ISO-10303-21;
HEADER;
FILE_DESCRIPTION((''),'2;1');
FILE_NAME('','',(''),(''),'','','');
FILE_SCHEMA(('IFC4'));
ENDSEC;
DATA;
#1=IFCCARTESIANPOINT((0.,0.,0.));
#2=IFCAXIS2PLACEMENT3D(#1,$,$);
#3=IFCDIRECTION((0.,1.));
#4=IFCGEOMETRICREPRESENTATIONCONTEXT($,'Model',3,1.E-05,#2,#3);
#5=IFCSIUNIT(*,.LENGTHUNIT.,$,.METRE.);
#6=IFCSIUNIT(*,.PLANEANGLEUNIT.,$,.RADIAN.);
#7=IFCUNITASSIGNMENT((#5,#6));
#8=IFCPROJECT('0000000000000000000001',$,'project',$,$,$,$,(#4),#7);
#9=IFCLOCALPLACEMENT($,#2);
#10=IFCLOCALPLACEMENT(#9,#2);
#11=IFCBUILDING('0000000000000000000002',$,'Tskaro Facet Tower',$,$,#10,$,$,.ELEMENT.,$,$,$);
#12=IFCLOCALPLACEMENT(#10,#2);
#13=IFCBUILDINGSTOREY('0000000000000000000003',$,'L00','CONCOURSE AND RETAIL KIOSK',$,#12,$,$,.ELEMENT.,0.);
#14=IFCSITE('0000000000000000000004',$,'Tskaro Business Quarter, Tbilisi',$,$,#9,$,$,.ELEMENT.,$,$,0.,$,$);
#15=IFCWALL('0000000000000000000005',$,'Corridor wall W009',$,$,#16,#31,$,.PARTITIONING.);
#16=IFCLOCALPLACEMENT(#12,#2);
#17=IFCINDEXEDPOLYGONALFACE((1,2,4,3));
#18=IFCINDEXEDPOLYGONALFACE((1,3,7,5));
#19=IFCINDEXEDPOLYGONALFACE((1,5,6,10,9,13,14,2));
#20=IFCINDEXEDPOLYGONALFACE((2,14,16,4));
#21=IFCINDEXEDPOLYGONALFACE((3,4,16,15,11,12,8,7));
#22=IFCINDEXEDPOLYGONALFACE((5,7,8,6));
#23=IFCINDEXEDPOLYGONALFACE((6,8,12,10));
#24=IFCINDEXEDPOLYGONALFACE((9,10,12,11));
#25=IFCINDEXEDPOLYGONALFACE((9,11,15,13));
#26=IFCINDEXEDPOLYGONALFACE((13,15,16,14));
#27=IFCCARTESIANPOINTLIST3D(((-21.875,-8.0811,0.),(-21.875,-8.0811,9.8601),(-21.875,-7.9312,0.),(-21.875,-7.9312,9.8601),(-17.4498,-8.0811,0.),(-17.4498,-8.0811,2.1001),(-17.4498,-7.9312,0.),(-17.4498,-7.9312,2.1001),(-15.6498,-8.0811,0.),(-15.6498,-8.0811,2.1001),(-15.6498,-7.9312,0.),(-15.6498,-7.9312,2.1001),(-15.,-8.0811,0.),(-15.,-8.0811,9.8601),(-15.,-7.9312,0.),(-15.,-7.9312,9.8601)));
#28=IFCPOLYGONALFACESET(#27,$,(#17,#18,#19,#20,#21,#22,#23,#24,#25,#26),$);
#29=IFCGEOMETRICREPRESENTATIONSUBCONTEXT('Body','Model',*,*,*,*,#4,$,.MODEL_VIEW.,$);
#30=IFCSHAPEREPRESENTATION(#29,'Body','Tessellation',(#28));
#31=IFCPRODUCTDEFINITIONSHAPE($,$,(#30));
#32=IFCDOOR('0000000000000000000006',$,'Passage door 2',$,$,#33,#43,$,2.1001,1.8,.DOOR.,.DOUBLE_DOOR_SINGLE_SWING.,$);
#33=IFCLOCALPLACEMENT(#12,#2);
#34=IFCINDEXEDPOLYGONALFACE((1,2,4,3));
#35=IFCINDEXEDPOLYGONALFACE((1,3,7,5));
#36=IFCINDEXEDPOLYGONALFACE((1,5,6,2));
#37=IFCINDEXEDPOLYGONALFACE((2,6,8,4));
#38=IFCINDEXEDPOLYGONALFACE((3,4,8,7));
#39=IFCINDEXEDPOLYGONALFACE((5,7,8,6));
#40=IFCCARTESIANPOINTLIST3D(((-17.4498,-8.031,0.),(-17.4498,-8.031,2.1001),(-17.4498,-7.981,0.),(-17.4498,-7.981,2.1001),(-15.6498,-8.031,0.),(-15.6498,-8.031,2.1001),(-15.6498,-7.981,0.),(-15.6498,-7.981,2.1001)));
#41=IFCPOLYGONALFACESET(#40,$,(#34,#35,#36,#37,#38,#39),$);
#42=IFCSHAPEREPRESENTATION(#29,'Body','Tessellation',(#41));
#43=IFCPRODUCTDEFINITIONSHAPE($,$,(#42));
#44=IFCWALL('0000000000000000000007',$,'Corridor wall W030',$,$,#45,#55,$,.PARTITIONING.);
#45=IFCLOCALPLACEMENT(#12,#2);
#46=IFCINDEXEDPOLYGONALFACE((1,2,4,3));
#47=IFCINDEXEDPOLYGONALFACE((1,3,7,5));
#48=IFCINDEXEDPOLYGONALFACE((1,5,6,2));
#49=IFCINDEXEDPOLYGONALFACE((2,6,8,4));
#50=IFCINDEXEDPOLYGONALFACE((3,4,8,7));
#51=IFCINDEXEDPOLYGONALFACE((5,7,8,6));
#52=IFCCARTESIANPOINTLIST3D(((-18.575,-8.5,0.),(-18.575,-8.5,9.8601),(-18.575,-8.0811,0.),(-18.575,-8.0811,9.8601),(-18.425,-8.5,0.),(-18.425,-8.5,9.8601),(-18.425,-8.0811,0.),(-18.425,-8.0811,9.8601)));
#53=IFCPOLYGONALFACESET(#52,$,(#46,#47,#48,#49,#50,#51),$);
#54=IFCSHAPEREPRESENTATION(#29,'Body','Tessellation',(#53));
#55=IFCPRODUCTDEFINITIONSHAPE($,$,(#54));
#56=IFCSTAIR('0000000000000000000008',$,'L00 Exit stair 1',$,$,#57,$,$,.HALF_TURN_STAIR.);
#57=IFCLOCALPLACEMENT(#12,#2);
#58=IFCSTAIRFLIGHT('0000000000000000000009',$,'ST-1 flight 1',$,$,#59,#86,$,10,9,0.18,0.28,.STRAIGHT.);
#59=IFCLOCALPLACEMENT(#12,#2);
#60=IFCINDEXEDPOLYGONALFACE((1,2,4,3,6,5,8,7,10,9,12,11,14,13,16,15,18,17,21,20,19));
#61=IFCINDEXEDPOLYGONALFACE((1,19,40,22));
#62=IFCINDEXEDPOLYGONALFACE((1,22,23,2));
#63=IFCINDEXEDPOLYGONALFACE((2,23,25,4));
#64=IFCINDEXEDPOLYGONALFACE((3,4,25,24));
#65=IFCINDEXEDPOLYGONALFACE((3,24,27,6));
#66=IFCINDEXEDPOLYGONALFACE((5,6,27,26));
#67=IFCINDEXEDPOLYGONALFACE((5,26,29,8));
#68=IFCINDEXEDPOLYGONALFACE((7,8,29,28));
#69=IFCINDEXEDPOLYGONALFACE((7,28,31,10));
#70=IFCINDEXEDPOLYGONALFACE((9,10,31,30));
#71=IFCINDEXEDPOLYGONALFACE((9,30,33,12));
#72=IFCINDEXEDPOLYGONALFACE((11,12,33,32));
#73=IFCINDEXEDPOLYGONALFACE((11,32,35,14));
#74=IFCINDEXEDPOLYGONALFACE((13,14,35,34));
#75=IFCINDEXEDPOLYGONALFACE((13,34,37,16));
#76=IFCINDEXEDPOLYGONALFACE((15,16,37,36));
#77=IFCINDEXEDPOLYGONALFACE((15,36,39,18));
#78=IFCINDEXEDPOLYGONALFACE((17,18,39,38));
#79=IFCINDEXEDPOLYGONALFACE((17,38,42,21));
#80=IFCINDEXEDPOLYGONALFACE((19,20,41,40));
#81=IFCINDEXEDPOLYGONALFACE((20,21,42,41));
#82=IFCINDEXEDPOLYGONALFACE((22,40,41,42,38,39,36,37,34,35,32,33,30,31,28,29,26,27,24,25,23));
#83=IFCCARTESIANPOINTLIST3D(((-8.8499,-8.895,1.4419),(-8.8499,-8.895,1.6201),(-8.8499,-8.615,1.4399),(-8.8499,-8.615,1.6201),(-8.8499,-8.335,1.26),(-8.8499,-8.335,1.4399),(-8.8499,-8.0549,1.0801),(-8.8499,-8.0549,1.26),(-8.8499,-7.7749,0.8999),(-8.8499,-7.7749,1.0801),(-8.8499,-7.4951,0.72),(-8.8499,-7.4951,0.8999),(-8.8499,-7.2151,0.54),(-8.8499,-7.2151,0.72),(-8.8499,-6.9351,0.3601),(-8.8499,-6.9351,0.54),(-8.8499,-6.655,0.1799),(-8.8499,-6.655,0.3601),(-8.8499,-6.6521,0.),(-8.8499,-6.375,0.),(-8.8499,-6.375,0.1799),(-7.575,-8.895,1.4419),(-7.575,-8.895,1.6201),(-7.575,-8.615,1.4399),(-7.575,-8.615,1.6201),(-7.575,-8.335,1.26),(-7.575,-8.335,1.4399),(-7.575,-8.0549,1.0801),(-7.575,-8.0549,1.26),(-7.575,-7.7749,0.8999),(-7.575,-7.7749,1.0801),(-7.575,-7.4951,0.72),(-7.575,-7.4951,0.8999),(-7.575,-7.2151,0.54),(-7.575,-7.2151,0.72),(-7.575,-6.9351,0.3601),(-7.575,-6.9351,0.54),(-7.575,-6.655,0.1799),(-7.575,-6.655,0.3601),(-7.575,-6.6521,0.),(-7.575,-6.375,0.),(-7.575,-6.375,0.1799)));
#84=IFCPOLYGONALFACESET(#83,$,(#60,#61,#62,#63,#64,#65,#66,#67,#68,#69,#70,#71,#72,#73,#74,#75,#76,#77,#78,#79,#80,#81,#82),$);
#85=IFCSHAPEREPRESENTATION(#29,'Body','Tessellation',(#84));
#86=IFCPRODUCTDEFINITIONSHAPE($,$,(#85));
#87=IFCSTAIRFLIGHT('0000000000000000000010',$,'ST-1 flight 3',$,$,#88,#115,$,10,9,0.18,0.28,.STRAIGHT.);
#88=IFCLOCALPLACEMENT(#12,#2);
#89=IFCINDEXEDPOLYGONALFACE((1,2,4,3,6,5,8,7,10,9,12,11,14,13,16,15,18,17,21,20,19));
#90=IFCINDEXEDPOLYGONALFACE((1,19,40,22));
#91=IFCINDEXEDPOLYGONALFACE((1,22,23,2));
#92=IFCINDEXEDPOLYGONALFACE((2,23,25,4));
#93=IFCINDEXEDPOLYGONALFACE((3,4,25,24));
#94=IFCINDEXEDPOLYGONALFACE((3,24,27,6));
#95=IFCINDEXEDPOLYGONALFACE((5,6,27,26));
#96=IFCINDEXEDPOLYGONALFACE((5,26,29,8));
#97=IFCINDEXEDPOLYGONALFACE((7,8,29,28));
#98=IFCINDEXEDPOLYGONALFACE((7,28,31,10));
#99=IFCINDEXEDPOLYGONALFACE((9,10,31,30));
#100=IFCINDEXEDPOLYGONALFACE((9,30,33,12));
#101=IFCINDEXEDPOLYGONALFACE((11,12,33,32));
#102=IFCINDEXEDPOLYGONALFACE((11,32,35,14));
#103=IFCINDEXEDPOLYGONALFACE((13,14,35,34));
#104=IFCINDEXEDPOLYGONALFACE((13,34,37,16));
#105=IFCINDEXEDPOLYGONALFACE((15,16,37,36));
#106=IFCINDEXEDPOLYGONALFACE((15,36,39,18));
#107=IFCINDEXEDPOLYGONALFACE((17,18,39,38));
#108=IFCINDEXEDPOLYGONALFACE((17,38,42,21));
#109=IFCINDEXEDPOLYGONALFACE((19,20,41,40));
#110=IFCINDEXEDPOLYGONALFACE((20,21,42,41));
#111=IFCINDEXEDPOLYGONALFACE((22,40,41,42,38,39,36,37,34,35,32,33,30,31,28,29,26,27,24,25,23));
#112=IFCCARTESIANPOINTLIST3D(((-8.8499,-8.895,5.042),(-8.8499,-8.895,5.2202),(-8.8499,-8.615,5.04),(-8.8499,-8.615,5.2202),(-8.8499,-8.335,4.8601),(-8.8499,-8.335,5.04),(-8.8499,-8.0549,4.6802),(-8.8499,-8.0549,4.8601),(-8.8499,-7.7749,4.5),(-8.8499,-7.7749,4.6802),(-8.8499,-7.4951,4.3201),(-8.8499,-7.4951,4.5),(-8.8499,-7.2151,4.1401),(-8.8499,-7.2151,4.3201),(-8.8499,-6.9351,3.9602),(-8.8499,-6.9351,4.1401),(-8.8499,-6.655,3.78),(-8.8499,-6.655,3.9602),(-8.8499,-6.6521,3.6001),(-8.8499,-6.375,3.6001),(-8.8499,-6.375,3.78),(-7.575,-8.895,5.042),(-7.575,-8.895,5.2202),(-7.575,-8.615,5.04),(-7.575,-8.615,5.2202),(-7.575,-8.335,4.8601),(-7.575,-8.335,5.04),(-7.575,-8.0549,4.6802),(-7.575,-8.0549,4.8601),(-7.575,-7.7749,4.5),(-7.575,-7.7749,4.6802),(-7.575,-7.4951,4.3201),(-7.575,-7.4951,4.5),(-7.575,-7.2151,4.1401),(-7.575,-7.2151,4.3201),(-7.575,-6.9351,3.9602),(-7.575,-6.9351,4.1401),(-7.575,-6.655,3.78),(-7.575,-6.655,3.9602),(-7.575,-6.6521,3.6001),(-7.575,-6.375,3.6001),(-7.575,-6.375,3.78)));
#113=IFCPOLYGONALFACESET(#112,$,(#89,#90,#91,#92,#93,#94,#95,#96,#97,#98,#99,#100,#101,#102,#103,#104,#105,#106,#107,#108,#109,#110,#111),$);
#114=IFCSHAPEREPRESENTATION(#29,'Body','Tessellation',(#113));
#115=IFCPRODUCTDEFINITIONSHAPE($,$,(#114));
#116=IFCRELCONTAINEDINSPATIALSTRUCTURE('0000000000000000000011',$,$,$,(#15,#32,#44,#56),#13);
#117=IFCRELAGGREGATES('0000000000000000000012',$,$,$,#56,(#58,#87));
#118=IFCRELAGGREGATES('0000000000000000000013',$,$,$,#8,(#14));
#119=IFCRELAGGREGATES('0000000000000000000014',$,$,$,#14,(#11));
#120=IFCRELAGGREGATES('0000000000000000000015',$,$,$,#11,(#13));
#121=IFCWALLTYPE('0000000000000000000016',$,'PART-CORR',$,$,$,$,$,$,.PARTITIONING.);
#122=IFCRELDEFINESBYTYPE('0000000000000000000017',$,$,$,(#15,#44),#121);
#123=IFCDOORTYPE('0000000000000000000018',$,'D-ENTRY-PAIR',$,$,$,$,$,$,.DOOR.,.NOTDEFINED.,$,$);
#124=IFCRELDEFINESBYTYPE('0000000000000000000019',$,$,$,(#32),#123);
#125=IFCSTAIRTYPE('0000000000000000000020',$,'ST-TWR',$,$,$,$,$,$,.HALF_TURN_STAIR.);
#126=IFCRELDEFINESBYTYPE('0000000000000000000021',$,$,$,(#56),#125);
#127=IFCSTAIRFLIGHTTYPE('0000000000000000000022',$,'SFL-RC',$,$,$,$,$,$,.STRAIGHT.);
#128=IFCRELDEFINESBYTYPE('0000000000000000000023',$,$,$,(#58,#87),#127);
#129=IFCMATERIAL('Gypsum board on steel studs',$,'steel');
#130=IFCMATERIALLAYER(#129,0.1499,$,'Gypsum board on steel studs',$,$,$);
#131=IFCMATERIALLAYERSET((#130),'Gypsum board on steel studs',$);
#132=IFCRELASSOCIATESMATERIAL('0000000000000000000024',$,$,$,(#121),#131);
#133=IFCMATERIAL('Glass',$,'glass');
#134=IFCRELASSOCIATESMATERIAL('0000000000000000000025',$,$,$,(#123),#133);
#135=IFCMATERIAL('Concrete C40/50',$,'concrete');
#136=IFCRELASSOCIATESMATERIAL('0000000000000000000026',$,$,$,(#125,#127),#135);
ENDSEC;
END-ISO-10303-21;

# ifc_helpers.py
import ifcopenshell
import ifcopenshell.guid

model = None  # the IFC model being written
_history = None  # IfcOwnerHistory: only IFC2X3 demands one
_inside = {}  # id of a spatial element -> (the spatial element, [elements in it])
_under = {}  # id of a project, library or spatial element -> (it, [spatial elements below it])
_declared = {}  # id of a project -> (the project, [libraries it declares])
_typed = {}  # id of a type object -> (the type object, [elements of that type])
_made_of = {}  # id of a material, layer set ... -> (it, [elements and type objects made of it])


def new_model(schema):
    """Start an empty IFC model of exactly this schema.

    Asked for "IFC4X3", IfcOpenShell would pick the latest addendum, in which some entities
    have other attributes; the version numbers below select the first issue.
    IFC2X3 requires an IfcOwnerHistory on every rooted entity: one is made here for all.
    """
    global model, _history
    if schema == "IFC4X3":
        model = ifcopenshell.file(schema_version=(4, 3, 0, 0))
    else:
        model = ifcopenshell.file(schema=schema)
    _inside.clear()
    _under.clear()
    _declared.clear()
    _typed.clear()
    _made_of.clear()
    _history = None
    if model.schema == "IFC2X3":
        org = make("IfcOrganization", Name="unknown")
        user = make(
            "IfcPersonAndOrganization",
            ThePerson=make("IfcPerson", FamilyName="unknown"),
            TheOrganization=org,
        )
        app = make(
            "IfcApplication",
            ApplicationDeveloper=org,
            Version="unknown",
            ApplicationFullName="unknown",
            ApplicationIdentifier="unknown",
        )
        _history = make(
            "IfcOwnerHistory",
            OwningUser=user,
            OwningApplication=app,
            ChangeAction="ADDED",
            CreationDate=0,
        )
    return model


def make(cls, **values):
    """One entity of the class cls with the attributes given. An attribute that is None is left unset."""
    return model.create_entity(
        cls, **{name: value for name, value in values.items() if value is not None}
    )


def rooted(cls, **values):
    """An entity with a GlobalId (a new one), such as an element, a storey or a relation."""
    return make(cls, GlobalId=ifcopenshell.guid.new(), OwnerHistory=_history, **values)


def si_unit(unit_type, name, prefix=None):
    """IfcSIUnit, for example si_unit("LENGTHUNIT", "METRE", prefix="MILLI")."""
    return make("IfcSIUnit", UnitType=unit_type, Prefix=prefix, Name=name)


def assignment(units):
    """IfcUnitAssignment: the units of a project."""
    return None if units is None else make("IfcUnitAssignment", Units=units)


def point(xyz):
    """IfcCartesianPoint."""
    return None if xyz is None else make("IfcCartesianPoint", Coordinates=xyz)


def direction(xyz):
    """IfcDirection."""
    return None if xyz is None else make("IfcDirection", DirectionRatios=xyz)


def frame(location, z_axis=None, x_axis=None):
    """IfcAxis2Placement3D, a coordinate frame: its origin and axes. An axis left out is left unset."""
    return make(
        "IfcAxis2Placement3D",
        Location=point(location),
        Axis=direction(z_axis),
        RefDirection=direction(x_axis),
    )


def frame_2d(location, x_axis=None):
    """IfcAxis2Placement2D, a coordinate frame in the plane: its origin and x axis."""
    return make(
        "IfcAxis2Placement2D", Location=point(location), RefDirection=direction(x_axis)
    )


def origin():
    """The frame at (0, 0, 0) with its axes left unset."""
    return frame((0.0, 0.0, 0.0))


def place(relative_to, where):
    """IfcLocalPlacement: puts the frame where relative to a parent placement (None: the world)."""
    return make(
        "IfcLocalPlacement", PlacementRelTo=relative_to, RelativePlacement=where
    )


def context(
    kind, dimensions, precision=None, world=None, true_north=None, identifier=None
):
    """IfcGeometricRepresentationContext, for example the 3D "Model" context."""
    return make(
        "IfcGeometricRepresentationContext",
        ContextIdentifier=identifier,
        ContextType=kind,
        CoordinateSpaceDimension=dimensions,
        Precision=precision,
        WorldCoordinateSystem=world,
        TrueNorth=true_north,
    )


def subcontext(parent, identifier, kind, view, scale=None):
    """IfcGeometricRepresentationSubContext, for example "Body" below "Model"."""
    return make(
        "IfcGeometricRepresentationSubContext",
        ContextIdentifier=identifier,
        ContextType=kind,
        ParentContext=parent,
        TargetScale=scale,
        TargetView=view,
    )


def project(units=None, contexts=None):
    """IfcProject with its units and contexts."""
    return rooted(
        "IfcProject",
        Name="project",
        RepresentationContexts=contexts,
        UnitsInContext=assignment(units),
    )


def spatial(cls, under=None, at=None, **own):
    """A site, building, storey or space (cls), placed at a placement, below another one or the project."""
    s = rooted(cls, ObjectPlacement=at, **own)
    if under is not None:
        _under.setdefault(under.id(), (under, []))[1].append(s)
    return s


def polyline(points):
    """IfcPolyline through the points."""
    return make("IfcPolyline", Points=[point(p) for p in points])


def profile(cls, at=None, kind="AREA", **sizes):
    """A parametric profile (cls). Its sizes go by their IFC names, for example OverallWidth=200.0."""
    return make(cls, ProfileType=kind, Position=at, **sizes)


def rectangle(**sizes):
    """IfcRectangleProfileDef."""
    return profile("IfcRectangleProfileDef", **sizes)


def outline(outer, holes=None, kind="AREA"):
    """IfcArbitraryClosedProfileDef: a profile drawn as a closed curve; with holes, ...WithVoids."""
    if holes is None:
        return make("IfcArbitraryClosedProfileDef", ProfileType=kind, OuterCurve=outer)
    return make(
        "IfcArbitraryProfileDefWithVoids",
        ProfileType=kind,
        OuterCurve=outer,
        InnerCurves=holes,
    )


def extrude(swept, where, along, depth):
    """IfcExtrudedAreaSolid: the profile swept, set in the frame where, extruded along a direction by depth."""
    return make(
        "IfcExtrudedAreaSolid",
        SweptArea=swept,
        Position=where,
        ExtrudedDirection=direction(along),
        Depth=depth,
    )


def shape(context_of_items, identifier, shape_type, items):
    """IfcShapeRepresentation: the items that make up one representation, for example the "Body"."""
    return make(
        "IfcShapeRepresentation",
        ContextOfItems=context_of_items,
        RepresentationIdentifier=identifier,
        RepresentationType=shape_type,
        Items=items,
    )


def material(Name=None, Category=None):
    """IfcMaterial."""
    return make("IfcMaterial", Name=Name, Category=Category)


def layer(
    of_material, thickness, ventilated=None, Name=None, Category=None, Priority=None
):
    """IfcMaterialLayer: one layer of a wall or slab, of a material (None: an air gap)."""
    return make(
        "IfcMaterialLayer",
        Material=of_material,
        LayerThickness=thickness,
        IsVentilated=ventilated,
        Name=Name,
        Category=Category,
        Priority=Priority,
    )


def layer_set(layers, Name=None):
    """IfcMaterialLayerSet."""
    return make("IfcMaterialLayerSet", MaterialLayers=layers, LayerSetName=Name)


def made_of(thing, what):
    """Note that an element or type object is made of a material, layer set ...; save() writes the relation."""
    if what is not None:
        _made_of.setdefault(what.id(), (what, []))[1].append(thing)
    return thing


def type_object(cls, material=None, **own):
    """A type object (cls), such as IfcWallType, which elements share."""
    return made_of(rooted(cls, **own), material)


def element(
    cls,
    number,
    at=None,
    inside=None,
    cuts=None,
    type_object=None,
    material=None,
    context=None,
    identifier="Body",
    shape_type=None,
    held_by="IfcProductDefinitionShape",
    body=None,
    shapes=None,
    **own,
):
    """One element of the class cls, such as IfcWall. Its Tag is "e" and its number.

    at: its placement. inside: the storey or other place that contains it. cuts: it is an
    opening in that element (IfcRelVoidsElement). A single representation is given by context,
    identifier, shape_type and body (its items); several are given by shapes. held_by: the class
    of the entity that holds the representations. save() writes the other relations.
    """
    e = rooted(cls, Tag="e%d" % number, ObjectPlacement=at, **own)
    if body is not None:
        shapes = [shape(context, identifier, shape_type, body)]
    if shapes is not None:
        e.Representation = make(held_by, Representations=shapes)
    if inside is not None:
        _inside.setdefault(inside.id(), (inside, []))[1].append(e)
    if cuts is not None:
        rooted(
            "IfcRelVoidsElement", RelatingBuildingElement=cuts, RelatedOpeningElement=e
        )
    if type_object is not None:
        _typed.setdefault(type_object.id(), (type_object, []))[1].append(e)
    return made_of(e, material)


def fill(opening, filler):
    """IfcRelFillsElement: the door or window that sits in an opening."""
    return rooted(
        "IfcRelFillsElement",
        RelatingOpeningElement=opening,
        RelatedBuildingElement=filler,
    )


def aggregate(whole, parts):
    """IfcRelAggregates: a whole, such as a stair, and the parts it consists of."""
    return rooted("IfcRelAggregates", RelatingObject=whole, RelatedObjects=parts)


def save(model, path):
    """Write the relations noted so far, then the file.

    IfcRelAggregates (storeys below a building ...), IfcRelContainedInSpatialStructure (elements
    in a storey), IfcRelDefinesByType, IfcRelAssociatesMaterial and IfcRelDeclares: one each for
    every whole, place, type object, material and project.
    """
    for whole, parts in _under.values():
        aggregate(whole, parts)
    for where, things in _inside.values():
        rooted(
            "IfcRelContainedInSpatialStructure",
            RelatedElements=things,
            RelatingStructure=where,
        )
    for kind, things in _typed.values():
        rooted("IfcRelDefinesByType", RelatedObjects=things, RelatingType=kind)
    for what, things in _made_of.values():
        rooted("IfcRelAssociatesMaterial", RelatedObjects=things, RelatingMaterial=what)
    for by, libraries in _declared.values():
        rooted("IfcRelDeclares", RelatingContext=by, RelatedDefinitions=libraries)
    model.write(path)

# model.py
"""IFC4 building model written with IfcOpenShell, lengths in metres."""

from ifc_helpers import new_model, si_unit, direction, frame, frame_2d, origin, place, context, subcontext, project, spatial, polyline, rectangle, outline, extrude, material, layer, layer_set, type_object, element, fill, aggregate, save


model = new_model("IFC4")

# Units and contexts
model_context = context("Model", 3, precision=1e-05, world=origin(), true_north=direction((0.0, 1.0)))
body_context = subcontext(model_context, "Body", "Model", "MODEL_VIEW")
ifc_project = project(units=[si_unit("LENGTHUNIT", "METRE"), si_unit("PLANEANGLEUNIT", "RADIAN")], contexts=[model_context])

# Site, building, storey
site_placement = place(None, origin())
site = spatial("IfcSite", under=ifc_project, at=site_placement, Name="Tskaro Business Quarter, Tbilisi", CompositionType="ELEMENT", RefElevation=0.0)
building_placement = place(site_placement, origin())
building = spatial("IfcBuilding", under=site, at=building_placement, Name="Tskaro Facet Tower", CompositionType="ELEMENT")
storey_placement = place(building_placement, origin())
storey = spatial("IfcBuildingStorey", under=building, at=storey_placement, Name="L00", Description="CONCOURSE AND RETAIL KIOSK", CompositionType="ELEMENT", Elevation=0.0)

# Shared definitions
ifc_material_1 = material(Name="Concrete C40/50", Category="concrete")

# Wall, opening, door
ifc_material_2 = material(Name="Gypsum board on steel studs", Category="steel")
ifc_layer_1 = layer(ifc_material_2, 0.1499, Name="Gypsum board on steel studs")
ifc_layer_set_1 = layer_set([ifc_layer_1], Name="Gypsum board on steel studs")
wall_type_1 = type_object("IfcWallType", Name="PART-CORR", PredefinedType="PARTITIONING", material=ifc_layer_set_1)
wall_1_placement = place(storey_placement, frame((-15.0, -8.0061, 0.0), z_axis=(0.0, 0.0, 1.0), x_axis=(-1.0, 0.0, 0.0)))
wall_1 = element("IfcWall", 1, at=wall_1_placement, inside=storey, type_object=wall_type_1, Name="Corridor wall W009", PredefinedType="PARTITIONING", context=body_context, shape_type="SweptSolid", body=[
    extrude(rectangle(XDim=6.875, YDim=0.1499, at=frame_2d((3.4375, 0.0))), origin(), (0.0, 0.0, 1.0), 9.8601),
])
opening_1_placement = place(wall_1_placement, frame((0.6499, 0.0, 0.0)))
opening_1 = element("IfcOpeningElement", 2, at=opening_1_placement, cuts=wall_1, PredefinedType="OPENING", context=body_context, shape_type="SweptSolid", body=[
    extrude(rectangle(XDim=1.8, YDim=2.1001, at=frame_2d((0.8999, 1.05))), frame((0.0, 0.085, 0.0), z_axis=(0.0, -1.0, 0.0), x_axis=(1.0, 0.0, 0.0)), (0.0, 0.0, 1.0), 0.1699),
])
ifc_material_3 = material(Name="Glass", Category="glass")
door_type_1 = type_object("IfcDoorType", Name="D-ENTRY-PAIR", OperationType="NOTDEFINED", PredefinedType="DOOR", material=ifc_material_3)
door_1_placement = place(opening_1_placement, origin())
door_1 = element("IfcDoor", 3, at=door_1_placement, inside=storey, type_object=door_type_1, Name="Passage door 2", OperationType="DOUBLE_DOOR_SINGLE_SWING", OverallHeight=2.1001, OverallWidth=1.8, PredefinedType="DOOR", context=body_context, shape_type="SweptSolid", body=[
    extrude(rectangle(XDim=1.8, YDim=2.1001, at=frame_2d((0.8999, 1.05))), frame((0.0, 0.0249, 0.0), z_axis=(0.0, -1.0, 0.0), x_axis=(1.0, 0.0, 0.0)), (0.0, 0.0, 1.0), 0.05),
])
fill(opening_1, door_1)

# Wall
wall_2_placement = place(storey_placement, frame((-18.5, -8.5, 0.0), z_axis=(0.0, 0.0, 1.0), x_axis=(0.0, 1.0, 0.0)))
element("IfcWall", 4, at=wall_2_placement, inside=storey, type_object=wall_type_1, Name="Corridor wall W030", PredefinedType="PARTITIONING", context=body_context, shape_type="SweptSolid", body=[
    extrude(rectangle(XDim=0.4189, YDim=0.1499, at=frame_2d((0.2095, 0.0))), origin(), (0.0, 0.0, 1.0), 9.8601),
])

# Stair, stair flights
stair_type = type_object("IfcStairType", Name="ST-TWR", PredefinedType="HALF_TURN_STAIR", material=ifc_material_1)
stair_placement = place(storey_placement, origin())
stair = element("IfcStair", 5, at=stair_placement, inside=storey, type_object=stair_type, Name="L00 Exit stair 1", PredefinedType="HALF_TURN_STAIR")
stair_flight_type = type_object("IfcStairFlightType", Name="SFL-RC", PredefinedType="STRAIGHT", material=ifc_material_1)
stair_flight_1_placement = place(storey_placement, frame((-8.2124, -6.375, 0.0), z_axis=(0.0, 0.0, 1.0), x_axis=(0.0, -1.0, 0.0)))
stair_flight_1 = element("IfcStairFlight", 6, at=stair_flight_1_placement, type_object=stair_flight_type, Name="ST-1 flight 1", NumberOfRisers=10, NumberOfTreads=9, PredefinedType="STRAIGHT", RiserHeight=0.18, TreadLength=0.28, context=body_context, shape_type="SweptSolid", body=[
    extrude(outline(polyline([(0.0, 0.0), (0.0, 0.1799), (0.28, 0.1799), (0.28, 0.3601), (0.5601, 0.3601), (0.5601, 0.54), (0.8401, 0.54), (0.8401, 0.72), (1.1201, 0.72), (1.1201, 0.8999), (1.3999, 0.8999), (1.3999, 1.0801), (1.6799, 1.0801), (1.6799, 1.26), (1.96, 1.26), (1.96, 1.4399), (2.24, 1.4399), (2.24, 1.6201), (2.52, 1.6201), (2.52, 1.8), (2.52, 1.4419), (0.2771, 0.0), (0.0, 0.0)])), frame((0.0, 0.6375, 0.0), z_axis=(0.0, -1.0, 0.0), x_axis=(1.0, 0.0, 0.0)), (0.0, 0.0, 1.0), 1.2749),
])
stair_flight_2_placement = place(storey_placement, frame((-8.2124, -6.375, 3.6001), z_axis=(0.0, 0.0, 1.0), x_axis=(0.0, -1.0, 0.0)))
stair_flight_2 = element("IfcStairFlight", 7, at=stair_flight_2_placement, type_object=stair_flight_type, Name="ST-1 flight 3", NumberOfRisers=10, NumberOfTreads=9, PredefinedType="STRAIGHT", RiserHeight=0.18, TreadLength=0.28, context=body_context, shape_type="SweptSolid", body=[
    extrude(outline(polyline([(0.0, 0.0), (0.0, 0.1799), (0.28, 0.1799), (0.28, 0.3601), (0.5601, 0.3601), (0.5601, 0.54), (0.8401, 0.54), (0.8401, 0.72), (1.1201, 0.72), (1.1201, 0.8999), (1.3999, 0.8999), (1.3999, 1.0801), (1.6799, 1.0801), (1.6799, 1.26), (1.96, 1.26), (1.96, 1.4399), (2.24, 1.4399), (2.24, 1.6201), (2.52, 1.6201), (2.52, 1.8), (2.52, 1.4419), (0.2771, 0.0), (0.0, 0.0)])), frame((0.0, 0.6375, 0.0), z_axis=(0.0, -1.0, 0.0), x_axis=(1.0, 0.0, 0.0)), (0.0, 0.0, 1.0), 1.2749),
])
aggregate(stair, [stair_flight_1, stair_flight_2])

save(model, "model.ifc")
